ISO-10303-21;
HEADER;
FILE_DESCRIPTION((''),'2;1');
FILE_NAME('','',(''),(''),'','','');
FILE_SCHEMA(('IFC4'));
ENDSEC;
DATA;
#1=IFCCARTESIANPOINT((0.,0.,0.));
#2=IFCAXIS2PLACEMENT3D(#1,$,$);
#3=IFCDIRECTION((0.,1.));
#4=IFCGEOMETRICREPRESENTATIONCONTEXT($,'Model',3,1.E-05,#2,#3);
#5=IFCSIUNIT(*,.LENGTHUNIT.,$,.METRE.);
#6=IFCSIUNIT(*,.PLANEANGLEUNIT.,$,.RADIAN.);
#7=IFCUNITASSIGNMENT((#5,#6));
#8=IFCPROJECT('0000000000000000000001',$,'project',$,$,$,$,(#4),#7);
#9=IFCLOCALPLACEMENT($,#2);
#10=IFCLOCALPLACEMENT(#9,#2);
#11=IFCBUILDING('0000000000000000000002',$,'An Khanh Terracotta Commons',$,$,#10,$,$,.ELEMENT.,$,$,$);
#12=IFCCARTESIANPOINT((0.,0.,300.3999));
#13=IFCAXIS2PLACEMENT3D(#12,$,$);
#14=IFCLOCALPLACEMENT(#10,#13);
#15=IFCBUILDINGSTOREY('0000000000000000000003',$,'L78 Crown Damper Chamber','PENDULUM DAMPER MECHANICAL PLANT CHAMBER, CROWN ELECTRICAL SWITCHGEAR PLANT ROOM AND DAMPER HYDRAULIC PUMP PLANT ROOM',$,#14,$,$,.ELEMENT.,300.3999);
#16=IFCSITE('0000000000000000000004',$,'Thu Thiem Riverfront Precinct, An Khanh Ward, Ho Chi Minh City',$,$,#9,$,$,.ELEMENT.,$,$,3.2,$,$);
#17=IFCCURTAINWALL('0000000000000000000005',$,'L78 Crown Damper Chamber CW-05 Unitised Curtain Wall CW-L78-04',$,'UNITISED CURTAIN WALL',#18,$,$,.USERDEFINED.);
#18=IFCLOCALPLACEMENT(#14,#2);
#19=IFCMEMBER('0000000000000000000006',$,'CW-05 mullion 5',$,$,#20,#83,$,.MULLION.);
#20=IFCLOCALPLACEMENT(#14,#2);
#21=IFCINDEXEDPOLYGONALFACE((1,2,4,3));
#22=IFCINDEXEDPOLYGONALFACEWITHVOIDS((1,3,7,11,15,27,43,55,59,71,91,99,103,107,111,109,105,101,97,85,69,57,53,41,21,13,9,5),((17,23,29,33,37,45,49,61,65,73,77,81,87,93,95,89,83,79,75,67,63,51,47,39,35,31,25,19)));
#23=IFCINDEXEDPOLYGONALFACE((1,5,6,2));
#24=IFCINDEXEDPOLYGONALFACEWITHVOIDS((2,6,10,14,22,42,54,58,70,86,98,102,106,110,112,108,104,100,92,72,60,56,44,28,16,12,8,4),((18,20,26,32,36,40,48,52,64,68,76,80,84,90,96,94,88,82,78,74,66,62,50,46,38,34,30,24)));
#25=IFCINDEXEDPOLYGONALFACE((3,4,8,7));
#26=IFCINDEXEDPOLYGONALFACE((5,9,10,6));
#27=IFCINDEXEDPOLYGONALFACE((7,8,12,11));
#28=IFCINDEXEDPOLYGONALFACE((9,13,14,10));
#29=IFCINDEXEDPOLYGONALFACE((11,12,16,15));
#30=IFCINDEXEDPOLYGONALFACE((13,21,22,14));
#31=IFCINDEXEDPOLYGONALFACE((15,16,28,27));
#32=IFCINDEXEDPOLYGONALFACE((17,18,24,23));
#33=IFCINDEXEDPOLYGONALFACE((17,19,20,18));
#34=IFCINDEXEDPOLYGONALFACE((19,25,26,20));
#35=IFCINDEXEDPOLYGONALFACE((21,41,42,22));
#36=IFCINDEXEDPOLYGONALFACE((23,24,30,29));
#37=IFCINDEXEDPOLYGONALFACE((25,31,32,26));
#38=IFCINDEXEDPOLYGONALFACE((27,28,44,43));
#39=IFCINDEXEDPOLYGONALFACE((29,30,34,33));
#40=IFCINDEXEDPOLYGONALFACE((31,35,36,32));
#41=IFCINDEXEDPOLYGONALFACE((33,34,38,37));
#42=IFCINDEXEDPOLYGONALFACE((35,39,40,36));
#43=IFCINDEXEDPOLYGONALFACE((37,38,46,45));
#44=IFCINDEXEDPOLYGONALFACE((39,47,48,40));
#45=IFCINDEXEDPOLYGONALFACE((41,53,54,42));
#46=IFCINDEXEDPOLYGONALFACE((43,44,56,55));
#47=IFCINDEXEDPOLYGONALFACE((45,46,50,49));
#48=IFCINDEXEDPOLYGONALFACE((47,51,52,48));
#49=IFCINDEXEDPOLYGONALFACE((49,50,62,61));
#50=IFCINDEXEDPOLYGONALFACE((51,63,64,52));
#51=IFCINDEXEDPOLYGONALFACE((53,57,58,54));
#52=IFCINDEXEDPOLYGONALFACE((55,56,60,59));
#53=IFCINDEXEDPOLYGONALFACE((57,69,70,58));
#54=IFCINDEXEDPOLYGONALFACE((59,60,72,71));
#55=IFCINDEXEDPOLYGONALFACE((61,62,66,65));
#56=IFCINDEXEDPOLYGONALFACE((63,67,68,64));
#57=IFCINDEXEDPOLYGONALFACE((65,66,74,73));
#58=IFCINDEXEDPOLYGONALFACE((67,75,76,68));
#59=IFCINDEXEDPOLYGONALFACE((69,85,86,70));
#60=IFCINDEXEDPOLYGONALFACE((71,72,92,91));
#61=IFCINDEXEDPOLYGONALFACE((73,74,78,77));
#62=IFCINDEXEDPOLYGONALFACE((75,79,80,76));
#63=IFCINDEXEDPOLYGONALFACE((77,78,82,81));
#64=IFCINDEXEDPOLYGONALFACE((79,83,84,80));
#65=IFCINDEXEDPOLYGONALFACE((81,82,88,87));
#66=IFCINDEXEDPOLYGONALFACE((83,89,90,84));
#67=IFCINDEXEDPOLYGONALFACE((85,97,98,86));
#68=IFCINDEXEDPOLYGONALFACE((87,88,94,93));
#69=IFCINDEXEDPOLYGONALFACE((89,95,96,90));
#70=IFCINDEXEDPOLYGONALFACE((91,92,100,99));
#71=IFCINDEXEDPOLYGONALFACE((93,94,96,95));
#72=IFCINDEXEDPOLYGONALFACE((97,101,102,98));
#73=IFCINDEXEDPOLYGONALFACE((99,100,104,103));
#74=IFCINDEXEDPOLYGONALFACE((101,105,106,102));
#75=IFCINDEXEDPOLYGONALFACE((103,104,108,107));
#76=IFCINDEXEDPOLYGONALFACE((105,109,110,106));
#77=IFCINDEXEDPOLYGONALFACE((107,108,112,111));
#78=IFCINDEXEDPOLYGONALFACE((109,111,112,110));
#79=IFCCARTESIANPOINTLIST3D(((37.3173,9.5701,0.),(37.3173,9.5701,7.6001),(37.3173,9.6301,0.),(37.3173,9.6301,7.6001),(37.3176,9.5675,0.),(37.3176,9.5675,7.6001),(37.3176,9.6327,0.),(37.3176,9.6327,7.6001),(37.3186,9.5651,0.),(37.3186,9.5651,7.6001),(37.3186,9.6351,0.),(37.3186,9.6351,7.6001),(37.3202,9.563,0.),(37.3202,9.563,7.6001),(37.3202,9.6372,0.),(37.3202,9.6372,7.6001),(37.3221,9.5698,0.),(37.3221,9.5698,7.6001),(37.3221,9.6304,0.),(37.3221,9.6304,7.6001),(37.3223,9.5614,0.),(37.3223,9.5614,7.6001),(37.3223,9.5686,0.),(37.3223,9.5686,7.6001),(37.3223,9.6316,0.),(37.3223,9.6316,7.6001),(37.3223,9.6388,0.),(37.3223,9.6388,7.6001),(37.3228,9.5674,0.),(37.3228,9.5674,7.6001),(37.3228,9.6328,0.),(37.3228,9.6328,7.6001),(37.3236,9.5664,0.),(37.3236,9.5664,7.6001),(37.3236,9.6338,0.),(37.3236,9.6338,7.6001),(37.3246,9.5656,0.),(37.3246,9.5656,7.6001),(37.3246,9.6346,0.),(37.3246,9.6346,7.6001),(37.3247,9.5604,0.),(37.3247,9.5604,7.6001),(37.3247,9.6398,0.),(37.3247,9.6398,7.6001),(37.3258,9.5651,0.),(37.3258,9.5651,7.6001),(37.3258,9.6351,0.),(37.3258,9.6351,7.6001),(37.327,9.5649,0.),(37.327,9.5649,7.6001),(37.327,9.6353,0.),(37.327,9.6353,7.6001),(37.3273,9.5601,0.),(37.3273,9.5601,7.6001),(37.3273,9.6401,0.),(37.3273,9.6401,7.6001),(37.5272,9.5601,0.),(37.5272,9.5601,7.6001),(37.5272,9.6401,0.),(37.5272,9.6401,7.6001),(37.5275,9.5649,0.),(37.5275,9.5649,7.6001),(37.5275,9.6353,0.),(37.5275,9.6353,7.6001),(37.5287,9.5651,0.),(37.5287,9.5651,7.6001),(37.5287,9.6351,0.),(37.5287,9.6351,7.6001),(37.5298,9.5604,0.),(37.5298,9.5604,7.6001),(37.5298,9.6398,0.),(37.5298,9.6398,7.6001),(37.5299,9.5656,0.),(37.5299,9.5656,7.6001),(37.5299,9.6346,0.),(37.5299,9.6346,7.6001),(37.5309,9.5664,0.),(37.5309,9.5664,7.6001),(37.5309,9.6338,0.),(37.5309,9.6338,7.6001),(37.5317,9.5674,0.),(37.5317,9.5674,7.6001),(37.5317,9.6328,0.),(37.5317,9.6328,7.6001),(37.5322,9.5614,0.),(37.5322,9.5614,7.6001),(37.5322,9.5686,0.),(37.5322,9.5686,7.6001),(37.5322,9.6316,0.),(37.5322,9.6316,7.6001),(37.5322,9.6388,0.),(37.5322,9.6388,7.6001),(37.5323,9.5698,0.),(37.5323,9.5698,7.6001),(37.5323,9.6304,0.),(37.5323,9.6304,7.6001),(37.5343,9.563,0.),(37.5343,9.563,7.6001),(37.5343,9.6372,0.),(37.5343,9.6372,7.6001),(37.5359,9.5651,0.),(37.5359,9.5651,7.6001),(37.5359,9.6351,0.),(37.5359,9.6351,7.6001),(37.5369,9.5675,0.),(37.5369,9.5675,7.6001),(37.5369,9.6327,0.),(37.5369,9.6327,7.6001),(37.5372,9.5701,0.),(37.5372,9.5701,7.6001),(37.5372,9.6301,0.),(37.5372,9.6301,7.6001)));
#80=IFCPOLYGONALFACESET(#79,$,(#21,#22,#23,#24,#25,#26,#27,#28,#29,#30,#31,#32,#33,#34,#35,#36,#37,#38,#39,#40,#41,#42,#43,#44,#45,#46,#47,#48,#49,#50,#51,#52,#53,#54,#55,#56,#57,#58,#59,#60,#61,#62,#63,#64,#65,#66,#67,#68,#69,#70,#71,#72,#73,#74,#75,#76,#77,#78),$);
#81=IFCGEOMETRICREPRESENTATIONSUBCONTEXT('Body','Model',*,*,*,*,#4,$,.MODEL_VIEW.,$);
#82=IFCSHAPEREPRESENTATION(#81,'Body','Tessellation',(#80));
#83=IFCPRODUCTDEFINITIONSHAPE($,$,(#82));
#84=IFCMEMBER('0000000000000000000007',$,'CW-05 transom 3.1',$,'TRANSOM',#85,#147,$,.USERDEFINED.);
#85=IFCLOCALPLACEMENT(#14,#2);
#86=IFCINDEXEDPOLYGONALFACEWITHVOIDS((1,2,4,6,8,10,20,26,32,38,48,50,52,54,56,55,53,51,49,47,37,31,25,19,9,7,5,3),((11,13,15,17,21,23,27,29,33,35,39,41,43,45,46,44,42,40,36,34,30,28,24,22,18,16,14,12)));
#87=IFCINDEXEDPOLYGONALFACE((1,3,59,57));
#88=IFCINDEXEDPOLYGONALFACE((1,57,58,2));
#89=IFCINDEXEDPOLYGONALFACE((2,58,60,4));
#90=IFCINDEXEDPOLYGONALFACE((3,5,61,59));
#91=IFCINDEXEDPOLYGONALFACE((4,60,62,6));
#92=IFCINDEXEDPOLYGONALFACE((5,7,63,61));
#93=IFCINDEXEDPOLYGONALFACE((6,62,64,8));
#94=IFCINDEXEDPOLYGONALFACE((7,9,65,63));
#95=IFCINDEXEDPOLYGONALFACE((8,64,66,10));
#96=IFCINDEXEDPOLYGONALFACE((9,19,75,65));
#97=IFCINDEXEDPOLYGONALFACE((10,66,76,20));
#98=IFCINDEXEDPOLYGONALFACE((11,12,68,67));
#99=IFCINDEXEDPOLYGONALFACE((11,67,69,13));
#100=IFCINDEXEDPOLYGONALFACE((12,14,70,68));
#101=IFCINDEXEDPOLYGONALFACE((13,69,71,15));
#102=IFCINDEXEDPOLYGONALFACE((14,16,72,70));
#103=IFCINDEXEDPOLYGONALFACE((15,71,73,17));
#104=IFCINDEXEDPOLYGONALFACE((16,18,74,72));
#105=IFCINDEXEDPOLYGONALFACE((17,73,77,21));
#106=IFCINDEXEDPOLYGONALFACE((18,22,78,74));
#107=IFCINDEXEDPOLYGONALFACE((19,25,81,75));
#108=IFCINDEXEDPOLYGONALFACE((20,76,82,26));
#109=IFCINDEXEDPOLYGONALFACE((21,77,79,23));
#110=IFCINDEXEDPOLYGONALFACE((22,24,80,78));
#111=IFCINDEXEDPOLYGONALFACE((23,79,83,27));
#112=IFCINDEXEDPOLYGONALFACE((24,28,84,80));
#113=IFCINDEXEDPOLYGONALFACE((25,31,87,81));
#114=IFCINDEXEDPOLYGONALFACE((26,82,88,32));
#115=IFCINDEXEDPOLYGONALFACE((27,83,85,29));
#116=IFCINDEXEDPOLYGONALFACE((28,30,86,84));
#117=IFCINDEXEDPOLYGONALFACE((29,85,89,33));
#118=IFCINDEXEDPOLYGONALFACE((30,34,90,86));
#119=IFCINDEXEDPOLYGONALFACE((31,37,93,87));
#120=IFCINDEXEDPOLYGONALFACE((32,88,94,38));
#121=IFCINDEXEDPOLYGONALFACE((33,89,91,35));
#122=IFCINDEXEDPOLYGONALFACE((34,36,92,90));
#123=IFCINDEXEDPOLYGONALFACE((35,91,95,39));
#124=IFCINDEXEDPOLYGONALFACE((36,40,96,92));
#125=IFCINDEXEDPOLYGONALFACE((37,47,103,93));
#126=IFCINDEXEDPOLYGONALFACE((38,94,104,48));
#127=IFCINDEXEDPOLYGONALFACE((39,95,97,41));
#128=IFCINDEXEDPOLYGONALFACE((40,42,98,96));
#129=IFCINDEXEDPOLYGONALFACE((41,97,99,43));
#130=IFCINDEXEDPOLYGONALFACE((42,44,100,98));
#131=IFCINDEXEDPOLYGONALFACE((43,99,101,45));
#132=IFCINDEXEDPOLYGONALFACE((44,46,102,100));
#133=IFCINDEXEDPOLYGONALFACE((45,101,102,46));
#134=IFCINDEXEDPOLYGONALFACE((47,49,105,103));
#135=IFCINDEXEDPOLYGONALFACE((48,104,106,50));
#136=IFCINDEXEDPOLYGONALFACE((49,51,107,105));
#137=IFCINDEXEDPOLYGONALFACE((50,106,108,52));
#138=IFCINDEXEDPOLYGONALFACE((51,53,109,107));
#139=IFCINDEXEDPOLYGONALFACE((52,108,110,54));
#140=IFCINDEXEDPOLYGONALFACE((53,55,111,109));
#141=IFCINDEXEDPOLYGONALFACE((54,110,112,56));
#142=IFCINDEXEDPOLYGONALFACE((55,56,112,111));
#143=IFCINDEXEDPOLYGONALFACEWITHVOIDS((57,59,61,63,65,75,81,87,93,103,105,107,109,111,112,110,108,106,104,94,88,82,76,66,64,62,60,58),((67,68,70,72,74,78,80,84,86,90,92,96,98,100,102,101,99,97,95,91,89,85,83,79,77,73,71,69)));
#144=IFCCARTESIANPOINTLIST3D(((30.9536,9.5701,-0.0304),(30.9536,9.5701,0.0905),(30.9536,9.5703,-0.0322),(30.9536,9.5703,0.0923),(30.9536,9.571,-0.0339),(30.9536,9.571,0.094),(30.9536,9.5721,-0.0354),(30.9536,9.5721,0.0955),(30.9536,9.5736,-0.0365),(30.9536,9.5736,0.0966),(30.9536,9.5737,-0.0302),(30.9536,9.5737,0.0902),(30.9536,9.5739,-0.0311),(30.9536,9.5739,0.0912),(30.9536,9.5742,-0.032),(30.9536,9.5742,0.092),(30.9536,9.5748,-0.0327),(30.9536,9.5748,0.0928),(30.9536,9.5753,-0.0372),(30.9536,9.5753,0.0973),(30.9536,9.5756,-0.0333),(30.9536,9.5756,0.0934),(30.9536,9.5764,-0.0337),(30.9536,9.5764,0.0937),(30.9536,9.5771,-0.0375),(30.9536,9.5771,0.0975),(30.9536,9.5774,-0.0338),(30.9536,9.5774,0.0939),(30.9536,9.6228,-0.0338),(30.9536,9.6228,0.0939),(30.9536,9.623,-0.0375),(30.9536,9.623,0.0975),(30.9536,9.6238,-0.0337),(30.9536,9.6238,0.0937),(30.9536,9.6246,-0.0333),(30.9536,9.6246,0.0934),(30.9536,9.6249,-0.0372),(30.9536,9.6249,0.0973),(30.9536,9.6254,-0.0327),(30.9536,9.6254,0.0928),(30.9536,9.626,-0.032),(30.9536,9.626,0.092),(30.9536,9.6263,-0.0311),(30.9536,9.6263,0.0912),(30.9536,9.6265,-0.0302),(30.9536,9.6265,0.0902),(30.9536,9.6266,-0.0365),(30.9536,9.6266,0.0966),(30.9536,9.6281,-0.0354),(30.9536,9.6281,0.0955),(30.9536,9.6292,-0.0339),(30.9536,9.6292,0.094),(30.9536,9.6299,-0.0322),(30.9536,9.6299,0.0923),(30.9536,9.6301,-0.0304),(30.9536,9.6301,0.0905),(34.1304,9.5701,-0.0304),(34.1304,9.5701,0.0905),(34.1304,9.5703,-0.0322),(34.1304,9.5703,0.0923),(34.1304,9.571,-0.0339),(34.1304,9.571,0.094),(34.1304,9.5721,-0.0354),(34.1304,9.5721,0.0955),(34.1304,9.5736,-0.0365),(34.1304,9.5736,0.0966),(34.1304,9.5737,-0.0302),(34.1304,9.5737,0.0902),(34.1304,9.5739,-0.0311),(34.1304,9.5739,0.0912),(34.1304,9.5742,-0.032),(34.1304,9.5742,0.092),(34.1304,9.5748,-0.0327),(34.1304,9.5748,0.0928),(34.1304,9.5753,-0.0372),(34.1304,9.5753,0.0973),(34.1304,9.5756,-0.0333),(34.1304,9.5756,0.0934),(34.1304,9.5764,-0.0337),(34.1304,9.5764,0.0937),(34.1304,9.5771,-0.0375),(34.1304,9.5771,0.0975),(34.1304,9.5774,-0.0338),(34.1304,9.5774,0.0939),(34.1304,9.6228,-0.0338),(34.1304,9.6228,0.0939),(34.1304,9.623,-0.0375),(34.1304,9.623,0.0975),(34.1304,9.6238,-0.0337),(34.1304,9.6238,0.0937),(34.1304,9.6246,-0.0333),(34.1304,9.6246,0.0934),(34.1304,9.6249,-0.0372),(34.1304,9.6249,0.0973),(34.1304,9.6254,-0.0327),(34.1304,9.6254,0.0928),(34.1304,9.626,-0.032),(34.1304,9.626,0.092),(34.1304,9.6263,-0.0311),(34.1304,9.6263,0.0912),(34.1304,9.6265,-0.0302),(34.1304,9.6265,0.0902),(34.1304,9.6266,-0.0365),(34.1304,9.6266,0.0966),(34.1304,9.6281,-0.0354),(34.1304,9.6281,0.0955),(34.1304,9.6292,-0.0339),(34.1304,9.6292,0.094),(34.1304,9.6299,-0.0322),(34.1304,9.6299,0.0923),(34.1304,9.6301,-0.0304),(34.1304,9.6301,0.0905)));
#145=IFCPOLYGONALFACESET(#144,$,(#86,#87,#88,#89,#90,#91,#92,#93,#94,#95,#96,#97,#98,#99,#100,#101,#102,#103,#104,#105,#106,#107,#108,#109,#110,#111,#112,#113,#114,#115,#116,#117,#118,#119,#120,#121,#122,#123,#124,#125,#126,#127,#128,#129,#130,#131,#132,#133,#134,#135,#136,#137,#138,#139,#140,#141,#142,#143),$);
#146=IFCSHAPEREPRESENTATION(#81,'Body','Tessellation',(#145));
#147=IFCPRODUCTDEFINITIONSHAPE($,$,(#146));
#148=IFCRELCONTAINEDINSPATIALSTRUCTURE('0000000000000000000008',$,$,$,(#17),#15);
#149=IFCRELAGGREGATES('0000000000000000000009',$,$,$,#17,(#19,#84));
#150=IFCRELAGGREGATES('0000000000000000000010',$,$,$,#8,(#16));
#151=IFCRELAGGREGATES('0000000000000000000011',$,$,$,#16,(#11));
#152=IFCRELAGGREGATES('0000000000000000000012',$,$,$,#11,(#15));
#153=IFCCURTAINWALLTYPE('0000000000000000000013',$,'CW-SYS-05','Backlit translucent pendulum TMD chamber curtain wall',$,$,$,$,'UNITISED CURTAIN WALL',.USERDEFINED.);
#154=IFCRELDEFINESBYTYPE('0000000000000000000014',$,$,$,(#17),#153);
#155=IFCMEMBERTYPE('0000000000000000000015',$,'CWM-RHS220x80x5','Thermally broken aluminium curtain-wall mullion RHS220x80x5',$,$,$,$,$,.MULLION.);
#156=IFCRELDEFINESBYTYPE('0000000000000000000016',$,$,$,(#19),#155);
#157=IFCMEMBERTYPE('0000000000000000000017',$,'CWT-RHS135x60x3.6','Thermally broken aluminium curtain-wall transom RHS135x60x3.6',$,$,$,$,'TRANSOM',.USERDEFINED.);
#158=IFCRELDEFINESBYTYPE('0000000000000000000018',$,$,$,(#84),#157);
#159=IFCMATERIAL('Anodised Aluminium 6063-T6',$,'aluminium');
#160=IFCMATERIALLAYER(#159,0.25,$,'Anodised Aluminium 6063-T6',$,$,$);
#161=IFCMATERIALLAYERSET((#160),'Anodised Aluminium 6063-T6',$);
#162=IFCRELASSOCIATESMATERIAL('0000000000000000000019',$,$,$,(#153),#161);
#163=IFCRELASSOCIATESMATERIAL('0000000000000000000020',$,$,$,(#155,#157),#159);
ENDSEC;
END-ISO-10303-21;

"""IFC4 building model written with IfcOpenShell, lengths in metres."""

from ifc_helpers import new_model, si_unit, direction, frame, origin, origin_2d, place, context, subcontext, project, spatial, hollow_rectangle, extrude, material, layer, layer_set, material_profile, profile_set, type_object, element, aggregate, save


model = new_model("IFC4")

# Units and contexts
model_context = context("Model", 3, precision=1e-05, world=origin(), true_north=direction((0.0, 1.0)))
body_context = subcontext(model_context, "Body", "Model", "MODEL_VIEW")
ifc_project = project(units=[si_unit("LENGTHUNIT", "METRE"), si_unit("PLANEANGLEUNIT", "RADIAN")], contexts=[model_context])

# Site, building, storey
site_placement = place(None, origin())
site = spatial("IfcSite", under=ifc_project, at=site_placement, Name="Thu Thiem Riverfront Precinct, An Khanh Ward, Ho Chi Minh City", CompositionType="ELEMENT", RefElevation=3.2)
building_placement = place(site_placement, origin())
building = spatial("IfcBuilding", under=site, at=building_placement, Name="An Khanh Terracotta Commons", CompositionType="ELEMENT")
storey_placement = place(building_placement, frame((0.0, 0.0, 300.3999)))
storey = spatial("IfcBuildingStorey", under=building, at=storey_placement, Name="L78 Crown Damper Chamber", Description="PENDULUM DAMPER MECHANICAL PLANT CHAMBER, CROWN ELECTRICAL SWITCHGEAR PLANT ROOM AND DAMPER HYDRAULIC PUMP PLANT ROOM", CompositionType="ELEMENT", Elevation=300.3999)

# Curtain wall, members
ifc_material_1 = material(Name="Anodised Aluminium 6063-T6", Category="aluminium")
ifc_layer_1 = layer(ifc_material_1, 0.25, Name="Anodised Aluminium 6063-T6")
ifc_layer_set_1 = layer_set([ifc_layer_1], Name="Anodised Aluminium 6063-T6")
curtain_wall_type = type_object("IfcCurtainWallType", Name="CW-SYS-05", Description="Backlit translucent pendulum TMD chamber curtain wall", ElementType="UNITISED CURTAIN WALL", PredefinedType="USERDEFINED", material=ifc_layer_set_1)
curtain_wall_placement = place(storey_placement, origin())
curtain_wall = element("IfcCurtainWall", 1, at=curtain_wall_placement, inside=storey, type_object=curtain_wall_type, Name="L78 Crown Damper Chamber CW-05 Unitised Curtain Wall CW-L78-04", ObjectType="UNITISED CURTAIN WALL", PredefinedType="USERDEFINED")
ifc_material_profile_1 = material_profile(ifc_material_1, hollow_rectangle(XDim=0.0801, YDim=0.22, WallThickness=0.0049, InnerFilletRadius=0.0049, OuterFilletRadius=0.01, at=origin_2d()), Name="RHS220x80x5")
ifc_profile_set_1 = profile_set([ifc_material_profile_1], Name="Anodised Aluminium 6063-T6")
member_type_1 = type_object("IfcMemberType", Name="CWM-RHS220x80x5", Description="Thermally broken aluminium curtain-wall mullion RHS220x80x5", PredefinedType="MULLION", material=ifc_profile_set_1)
member_1_placement = place(storey_placement, frame((37.4272, 9.6001, 0.0), z_axis=(0.0, 0.0, 1.0), x_axis=(0.0, 1.0, 0.0)))
member_1 = element("IfcMember", 2, at=member_1_placement, type_object=member_type_1, Name="CW-05 mullion 5", PredefinedType="MULLION", context=body_context, shape_type="SweptSolid", body=[
    extrude(hollow_rectangle(XDim=0.0801, YDim=0.22, WallThickness=0.0049, InnerFilletRadius=0.0049, OuterFilletRadius=0.01, at=origin_2d()), origin(), (0.0, 0.0, 1.0), 7.6001),
])
ifc_material_profile_2 = material_profile(ifc_material_1, hollow_rectangle(XDim=0.0601, YDim=0.135, WallThickness=0.0037, InnerFilletRadius=0.0037, OuterFilletRadius=0.0071, at=origin_2d()), Name="RHS135x60x3.6")
ifc_profile_set_2 = profile_set([ifc_material_profile_2], Name="Anodised Aluminium 6063-T6")
member_type_2 = type_object("IfcMemberType", Name="CWT-RHS135x60x3.6", Description="Thermally broken aluminium curtain-wall transom RHS135x60x3.6", ElementType="TRANSOM", PredefinedType="USERDEFINED", material=ifc_profile_set_2)
member_2_placement = place(storey_placement, frame((30.9536, 9.6001, 0.03), z_axis=(1.0, 0.0, 0.0), x_axis=(0.0, 1.0, 0.0)))
member_2 = element("IfcMember", 3, at=member_2_placement, type_object=member_type_2, Name="CW-05 transom 3.1", ObjectType="TRANSOM", PredefinedType="USERDEFINED", context=body_context, shape_type="SweptSolid", body=[
    extrude(hollow_rectangle(XDim=0.0601, YDim=0.135, WallThickness=0.0037, InnerFilletRadius=0.0037, OuterFilletRadius=0.0071, at=origin_2d()), origin(), (0.0, 0.0, 1.0), 3.1768),
])
aggregate(curtain_wall, [member_1, member_2])

save(model, "model.ifc")
